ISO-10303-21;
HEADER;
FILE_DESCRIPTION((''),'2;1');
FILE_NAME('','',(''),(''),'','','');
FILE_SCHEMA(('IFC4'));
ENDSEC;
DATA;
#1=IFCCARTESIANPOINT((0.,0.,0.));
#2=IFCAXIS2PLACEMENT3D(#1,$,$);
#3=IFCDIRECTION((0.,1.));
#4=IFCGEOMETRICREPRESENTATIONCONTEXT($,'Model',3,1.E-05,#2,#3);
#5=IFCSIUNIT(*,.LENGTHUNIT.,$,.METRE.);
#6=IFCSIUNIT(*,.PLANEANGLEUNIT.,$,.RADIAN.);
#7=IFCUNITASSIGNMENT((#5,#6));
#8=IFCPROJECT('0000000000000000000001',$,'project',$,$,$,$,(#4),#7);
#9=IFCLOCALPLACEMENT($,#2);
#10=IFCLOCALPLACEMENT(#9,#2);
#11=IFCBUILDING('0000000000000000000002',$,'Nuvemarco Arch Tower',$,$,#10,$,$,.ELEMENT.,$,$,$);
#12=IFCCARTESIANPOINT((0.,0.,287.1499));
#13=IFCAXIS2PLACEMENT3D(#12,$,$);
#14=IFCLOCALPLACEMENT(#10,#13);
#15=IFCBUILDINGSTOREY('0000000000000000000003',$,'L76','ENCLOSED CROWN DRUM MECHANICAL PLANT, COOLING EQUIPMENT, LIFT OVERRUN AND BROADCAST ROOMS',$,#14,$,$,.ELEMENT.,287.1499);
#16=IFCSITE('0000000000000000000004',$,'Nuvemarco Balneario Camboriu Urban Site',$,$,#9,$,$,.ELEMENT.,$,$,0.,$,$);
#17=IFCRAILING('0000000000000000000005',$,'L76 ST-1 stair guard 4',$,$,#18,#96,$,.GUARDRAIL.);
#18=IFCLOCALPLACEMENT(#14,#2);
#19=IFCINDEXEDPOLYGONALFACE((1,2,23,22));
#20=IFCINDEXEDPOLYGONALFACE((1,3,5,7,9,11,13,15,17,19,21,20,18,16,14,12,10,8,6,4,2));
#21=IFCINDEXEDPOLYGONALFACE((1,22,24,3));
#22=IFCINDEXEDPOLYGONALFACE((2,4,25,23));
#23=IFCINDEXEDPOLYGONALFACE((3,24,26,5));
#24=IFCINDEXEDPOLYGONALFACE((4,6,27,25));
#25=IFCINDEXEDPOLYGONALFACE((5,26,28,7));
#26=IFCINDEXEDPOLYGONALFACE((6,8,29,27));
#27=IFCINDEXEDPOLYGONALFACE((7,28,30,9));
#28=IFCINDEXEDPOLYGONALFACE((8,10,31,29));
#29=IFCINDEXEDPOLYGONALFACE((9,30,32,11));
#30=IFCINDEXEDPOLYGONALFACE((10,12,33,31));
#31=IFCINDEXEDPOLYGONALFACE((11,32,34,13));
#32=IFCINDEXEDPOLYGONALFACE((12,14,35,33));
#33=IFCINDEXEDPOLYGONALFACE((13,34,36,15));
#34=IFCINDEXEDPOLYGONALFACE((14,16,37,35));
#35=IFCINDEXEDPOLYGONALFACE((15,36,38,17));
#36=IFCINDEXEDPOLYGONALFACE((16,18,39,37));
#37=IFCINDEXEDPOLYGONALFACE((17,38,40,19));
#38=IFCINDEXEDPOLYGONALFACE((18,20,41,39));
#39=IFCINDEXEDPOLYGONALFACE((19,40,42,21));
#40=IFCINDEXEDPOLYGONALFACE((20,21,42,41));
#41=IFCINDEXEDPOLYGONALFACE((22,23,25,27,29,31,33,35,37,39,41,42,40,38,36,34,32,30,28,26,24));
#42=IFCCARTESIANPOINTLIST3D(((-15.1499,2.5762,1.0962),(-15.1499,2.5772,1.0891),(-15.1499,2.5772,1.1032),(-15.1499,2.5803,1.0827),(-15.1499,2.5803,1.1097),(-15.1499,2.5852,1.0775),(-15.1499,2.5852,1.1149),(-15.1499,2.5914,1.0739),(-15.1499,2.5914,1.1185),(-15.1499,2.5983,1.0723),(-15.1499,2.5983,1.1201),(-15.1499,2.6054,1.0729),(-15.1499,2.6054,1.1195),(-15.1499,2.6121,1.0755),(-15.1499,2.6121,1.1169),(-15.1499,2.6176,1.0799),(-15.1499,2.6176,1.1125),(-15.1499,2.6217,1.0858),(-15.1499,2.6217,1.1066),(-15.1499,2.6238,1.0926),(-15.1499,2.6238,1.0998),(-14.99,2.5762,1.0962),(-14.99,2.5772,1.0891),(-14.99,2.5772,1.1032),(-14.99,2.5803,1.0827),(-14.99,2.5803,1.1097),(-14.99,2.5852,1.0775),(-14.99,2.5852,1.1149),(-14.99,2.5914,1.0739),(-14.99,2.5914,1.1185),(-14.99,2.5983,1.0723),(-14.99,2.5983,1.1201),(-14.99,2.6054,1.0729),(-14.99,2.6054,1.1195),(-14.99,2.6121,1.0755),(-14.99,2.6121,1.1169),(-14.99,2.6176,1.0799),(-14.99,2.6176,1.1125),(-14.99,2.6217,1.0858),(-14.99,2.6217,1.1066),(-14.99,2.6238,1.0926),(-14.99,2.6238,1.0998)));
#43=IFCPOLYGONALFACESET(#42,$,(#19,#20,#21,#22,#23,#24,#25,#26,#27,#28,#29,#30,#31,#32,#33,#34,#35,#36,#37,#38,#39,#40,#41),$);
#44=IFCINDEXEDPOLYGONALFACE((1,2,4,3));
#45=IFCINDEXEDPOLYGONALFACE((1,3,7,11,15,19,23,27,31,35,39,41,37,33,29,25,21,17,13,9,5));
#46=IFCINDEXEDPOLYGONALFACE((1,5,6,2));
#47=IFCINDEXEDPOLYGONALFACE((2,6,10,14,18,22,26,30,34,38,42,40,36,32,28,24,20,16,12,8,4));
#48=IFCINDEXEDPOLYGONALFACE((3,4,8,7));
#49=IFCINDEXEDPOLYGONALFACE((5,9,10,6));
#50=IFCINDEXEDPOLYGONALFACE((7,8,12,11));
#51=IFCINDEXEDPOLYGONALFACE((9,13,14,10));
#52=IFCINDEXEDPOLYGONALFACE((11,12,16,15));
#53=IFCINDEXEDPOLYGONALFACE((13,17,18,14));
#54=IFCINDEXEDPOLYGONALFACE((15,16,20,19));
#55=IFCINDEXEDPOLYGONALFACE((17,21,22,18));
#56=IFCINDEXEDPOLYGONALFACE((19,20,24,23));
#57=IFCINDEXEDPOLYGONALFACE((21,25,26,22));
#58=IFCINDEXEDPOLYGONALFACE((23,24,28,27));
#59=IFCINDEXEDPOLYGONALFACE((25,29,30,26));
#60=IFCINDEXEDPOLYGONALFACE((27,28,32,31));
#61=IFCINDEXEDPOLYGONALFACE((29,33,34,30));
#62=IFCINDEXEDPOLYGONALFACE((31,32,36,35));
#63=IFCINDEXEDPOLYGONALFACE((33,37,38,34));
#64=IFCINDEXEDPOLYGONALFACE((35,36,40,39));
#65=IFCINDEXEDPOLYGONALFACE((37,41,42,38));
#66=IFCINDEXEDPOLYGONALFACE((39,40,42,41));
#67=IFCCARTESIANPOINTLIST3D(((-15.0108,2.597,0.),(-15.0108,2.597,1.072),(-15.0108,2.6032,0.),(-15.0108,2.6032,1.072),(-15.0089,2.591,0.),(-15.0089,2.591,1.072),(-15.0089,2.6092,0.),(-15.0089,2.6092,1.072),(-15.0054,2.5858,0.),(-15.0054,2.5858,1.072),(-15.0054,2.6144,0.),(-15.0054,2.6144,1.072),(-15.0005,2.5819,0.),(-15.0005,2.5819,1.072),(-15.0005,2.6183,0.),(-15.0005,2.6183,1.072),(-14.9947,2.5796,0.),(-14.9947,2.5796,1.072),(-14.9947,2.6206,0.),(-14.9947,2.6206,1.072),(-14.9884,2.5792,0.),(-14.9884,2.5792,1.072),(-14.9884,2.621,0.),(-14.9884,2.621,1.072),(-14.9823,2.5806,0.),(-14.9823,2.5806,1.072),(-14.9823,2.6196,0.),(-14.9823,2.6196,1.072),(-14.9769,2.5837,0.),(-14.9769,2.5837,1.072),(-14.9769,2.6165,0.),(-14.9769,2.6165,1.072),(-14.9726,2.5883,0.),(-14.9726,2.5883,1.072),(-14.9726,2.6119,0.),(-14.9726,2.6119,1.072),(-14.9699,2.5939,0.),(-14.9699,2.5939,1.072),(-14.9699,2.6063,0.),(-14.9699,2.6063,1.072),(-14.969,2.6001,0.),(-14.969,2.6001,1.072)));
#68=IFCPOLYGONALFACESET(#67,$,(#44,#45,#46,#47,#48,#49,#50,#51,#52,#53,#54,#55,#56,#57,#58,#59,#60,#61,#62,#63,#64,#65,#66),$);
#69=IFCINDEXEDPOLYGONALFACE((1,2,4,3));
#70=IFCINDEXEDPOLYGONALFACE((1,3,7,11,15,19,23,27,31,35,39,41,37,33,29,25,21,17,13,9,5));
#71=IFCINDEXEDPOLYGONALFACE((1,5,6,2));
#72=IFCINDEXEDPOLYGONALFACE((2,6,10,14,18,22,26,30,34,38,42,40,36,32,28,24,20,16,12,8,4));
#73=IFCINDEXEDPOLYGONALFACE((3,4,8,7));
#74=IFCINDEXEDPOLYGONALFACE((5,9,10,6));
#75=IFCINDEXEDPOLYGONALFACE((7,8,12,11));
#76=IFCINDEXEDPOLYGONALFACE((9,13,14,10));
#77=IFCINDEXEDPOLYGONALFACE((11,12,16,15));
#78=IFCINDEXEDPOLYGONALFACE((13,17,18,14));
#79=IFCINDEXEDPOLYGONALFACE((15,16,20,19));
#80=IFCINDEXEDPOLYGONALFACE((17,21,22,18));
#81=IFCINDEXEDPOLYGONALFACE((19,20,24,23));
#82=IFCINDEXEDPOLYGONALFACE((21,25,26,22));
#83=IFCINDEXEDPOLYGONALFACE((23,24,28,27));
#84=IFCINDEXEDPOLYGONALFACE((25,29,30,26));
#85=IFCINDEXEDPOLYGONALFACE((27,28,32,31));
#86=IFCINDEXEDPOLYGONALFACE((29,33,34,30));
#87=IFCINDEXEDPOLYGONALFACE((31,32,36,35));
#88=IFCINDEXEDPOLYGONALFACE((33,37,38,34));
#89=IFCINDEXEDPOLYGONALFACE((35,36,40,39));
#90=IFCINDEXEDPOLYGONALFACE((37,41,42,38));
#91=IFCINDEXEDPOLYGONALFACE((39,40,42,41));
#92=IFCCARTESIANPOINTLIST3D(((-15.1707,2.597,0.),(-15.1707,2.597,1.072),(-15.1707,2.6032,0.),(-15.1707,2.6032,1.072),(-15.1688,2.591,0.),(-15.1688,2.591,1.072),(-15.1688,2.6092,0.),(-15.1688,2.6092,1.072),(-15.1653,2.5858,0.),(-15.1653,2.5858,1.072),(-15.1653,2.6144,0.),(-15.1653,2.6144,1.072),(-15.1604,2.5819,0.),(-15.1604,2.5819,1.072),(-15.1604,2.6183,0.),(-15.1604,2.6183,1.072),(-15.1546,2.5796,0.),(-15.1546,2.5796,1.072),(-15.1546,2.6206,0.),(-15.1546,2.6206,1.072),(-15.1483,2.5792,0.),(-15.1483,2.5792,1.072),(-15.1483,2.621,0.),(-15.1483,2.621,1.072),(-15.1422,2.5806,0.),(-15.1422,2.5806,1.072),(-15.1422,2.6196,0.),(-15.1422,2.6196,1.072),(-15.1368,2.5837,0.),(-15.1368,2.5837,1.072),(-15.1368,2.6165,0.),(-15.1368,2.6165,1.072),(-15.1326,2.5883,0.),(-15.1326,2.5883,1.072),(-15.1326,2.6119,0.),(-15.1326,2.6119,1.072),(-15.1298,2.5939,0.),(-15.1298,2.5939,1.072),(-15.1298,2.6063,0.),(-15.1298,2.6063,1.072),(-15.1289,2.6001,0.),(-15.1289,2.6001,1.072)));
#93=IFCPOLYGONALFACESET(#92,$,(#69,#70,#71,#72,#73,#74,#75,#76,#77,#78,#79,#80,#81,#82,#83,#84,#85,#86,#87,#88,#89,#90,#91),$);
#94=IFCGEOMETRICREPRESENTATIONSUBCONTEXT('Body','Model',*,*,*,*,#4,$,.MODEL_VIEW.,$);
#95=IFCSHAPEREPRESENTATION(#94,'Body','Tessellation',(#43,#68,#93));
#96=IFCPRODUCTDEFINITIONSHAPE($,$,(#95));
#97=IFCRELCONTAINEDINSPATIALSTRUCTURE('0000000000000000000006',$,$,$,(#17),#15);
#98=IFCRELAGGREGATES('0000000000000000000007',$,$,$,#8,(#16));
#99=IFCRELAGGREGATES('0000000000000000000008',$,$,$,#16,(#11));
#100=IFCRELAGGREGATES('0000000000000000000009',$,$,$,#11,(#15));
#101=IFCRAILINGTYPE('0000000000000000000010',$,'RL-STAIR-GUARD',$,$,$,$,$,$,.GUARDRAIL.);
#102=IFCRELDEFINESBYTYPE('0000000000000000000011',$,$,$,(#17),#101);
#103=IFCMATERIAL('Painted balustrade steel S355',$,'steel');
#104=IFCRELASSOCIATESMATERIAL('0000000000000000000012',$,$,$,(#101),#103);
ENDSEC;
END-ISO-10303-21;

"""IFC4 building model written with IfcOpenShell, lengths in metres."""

from ifc_helpers import new_model, si_unit, direction, frame, origin, origin_2d, place, context, subcontext, project, spatial, circle, extrude, material, type_object, element, save


model = new_model("IFC4")

# Units and contexts
model_context = context("Model", 3, precision=1e-05, world=origin(), true_north=direction((0.0, 1.0)))
body_context = subcontext(model_context, "Body", "Model", "MODEL_VIEW")
ifc_project = project(units=[si_unit("LENGTHUNIT", "METRE"), si_unit("PLANEANGLEUNIT", "RADIAN")], contexts=[model_context])

# Site, building, storey
site_placement = place(None, origin())
site = spatial("IfcSite", under=ifc_project, at=site_placement, Name="Nuvemarco Balneario Camboriu Urban Site", CompositionType="ELEMENT", RefElevation=0.0)
building_placement = place(site_placement, origin())
building = spatial("IfcBuilding", under=site, at=building_placement, Name="Nuvemarco Arch Tower", CompositionType="ELEMENT")
storey_placement = place(building_placement, frame((0.0, 0.0, 287.1499)))
storey = spatial("IfcBuildingStorey", under=building, at=storey_placement, Name="L76", Description="ENCLOSED CROWN DRUM MECHANICAL PLANT, COOLING EQUIPMENT, LIFT OVERRUN AND BROADCAST ROOMS", CompositionType="ELEMENT", Elevation=287.1499)

# Railing
ifc_material_1 = material(Name="Painted balustrade steel S355", Category="steel")
railing_type_1 = type_object("IfcRailingType", Name="RL-STAIR-GUARD", PredefinedType="GUARDRAIL", material=ifc_material_1)
railing_1_placement = place(storey_placement, frame((-14.99, 2.6001, 0.0)))
element("IfcRailing", 1, at=railing_1_placement, inside=storey, type_object=railing_type_1, Name="L76 ST-1 stair guard 4", PredefinedType="GUARDRAIL", context=body_context, shape_type="SweptSolid", body=[
    extrude(circle(Radius=0.0239, at=origin_2d()), frame((0.0, 0.0, 1.0962), z_axis=(-1.0, 0.0, 0.0), x_axis=(0.0, -1.0, 0.0)), (0.0, 0.0, 1.0), 0.1599),
    extrude(circle(Radius=0.021, at=origin_2d()), origin(), (0.0, 0.0, 1.0), 1.072),
    extrude(circle(Radius=0.021, at=origin_2d()), frame((-0.1599, 0.0, 0.0)), (0.0, 0.0, 1.0), 1.072),
])

save(model, "model.ifc")
